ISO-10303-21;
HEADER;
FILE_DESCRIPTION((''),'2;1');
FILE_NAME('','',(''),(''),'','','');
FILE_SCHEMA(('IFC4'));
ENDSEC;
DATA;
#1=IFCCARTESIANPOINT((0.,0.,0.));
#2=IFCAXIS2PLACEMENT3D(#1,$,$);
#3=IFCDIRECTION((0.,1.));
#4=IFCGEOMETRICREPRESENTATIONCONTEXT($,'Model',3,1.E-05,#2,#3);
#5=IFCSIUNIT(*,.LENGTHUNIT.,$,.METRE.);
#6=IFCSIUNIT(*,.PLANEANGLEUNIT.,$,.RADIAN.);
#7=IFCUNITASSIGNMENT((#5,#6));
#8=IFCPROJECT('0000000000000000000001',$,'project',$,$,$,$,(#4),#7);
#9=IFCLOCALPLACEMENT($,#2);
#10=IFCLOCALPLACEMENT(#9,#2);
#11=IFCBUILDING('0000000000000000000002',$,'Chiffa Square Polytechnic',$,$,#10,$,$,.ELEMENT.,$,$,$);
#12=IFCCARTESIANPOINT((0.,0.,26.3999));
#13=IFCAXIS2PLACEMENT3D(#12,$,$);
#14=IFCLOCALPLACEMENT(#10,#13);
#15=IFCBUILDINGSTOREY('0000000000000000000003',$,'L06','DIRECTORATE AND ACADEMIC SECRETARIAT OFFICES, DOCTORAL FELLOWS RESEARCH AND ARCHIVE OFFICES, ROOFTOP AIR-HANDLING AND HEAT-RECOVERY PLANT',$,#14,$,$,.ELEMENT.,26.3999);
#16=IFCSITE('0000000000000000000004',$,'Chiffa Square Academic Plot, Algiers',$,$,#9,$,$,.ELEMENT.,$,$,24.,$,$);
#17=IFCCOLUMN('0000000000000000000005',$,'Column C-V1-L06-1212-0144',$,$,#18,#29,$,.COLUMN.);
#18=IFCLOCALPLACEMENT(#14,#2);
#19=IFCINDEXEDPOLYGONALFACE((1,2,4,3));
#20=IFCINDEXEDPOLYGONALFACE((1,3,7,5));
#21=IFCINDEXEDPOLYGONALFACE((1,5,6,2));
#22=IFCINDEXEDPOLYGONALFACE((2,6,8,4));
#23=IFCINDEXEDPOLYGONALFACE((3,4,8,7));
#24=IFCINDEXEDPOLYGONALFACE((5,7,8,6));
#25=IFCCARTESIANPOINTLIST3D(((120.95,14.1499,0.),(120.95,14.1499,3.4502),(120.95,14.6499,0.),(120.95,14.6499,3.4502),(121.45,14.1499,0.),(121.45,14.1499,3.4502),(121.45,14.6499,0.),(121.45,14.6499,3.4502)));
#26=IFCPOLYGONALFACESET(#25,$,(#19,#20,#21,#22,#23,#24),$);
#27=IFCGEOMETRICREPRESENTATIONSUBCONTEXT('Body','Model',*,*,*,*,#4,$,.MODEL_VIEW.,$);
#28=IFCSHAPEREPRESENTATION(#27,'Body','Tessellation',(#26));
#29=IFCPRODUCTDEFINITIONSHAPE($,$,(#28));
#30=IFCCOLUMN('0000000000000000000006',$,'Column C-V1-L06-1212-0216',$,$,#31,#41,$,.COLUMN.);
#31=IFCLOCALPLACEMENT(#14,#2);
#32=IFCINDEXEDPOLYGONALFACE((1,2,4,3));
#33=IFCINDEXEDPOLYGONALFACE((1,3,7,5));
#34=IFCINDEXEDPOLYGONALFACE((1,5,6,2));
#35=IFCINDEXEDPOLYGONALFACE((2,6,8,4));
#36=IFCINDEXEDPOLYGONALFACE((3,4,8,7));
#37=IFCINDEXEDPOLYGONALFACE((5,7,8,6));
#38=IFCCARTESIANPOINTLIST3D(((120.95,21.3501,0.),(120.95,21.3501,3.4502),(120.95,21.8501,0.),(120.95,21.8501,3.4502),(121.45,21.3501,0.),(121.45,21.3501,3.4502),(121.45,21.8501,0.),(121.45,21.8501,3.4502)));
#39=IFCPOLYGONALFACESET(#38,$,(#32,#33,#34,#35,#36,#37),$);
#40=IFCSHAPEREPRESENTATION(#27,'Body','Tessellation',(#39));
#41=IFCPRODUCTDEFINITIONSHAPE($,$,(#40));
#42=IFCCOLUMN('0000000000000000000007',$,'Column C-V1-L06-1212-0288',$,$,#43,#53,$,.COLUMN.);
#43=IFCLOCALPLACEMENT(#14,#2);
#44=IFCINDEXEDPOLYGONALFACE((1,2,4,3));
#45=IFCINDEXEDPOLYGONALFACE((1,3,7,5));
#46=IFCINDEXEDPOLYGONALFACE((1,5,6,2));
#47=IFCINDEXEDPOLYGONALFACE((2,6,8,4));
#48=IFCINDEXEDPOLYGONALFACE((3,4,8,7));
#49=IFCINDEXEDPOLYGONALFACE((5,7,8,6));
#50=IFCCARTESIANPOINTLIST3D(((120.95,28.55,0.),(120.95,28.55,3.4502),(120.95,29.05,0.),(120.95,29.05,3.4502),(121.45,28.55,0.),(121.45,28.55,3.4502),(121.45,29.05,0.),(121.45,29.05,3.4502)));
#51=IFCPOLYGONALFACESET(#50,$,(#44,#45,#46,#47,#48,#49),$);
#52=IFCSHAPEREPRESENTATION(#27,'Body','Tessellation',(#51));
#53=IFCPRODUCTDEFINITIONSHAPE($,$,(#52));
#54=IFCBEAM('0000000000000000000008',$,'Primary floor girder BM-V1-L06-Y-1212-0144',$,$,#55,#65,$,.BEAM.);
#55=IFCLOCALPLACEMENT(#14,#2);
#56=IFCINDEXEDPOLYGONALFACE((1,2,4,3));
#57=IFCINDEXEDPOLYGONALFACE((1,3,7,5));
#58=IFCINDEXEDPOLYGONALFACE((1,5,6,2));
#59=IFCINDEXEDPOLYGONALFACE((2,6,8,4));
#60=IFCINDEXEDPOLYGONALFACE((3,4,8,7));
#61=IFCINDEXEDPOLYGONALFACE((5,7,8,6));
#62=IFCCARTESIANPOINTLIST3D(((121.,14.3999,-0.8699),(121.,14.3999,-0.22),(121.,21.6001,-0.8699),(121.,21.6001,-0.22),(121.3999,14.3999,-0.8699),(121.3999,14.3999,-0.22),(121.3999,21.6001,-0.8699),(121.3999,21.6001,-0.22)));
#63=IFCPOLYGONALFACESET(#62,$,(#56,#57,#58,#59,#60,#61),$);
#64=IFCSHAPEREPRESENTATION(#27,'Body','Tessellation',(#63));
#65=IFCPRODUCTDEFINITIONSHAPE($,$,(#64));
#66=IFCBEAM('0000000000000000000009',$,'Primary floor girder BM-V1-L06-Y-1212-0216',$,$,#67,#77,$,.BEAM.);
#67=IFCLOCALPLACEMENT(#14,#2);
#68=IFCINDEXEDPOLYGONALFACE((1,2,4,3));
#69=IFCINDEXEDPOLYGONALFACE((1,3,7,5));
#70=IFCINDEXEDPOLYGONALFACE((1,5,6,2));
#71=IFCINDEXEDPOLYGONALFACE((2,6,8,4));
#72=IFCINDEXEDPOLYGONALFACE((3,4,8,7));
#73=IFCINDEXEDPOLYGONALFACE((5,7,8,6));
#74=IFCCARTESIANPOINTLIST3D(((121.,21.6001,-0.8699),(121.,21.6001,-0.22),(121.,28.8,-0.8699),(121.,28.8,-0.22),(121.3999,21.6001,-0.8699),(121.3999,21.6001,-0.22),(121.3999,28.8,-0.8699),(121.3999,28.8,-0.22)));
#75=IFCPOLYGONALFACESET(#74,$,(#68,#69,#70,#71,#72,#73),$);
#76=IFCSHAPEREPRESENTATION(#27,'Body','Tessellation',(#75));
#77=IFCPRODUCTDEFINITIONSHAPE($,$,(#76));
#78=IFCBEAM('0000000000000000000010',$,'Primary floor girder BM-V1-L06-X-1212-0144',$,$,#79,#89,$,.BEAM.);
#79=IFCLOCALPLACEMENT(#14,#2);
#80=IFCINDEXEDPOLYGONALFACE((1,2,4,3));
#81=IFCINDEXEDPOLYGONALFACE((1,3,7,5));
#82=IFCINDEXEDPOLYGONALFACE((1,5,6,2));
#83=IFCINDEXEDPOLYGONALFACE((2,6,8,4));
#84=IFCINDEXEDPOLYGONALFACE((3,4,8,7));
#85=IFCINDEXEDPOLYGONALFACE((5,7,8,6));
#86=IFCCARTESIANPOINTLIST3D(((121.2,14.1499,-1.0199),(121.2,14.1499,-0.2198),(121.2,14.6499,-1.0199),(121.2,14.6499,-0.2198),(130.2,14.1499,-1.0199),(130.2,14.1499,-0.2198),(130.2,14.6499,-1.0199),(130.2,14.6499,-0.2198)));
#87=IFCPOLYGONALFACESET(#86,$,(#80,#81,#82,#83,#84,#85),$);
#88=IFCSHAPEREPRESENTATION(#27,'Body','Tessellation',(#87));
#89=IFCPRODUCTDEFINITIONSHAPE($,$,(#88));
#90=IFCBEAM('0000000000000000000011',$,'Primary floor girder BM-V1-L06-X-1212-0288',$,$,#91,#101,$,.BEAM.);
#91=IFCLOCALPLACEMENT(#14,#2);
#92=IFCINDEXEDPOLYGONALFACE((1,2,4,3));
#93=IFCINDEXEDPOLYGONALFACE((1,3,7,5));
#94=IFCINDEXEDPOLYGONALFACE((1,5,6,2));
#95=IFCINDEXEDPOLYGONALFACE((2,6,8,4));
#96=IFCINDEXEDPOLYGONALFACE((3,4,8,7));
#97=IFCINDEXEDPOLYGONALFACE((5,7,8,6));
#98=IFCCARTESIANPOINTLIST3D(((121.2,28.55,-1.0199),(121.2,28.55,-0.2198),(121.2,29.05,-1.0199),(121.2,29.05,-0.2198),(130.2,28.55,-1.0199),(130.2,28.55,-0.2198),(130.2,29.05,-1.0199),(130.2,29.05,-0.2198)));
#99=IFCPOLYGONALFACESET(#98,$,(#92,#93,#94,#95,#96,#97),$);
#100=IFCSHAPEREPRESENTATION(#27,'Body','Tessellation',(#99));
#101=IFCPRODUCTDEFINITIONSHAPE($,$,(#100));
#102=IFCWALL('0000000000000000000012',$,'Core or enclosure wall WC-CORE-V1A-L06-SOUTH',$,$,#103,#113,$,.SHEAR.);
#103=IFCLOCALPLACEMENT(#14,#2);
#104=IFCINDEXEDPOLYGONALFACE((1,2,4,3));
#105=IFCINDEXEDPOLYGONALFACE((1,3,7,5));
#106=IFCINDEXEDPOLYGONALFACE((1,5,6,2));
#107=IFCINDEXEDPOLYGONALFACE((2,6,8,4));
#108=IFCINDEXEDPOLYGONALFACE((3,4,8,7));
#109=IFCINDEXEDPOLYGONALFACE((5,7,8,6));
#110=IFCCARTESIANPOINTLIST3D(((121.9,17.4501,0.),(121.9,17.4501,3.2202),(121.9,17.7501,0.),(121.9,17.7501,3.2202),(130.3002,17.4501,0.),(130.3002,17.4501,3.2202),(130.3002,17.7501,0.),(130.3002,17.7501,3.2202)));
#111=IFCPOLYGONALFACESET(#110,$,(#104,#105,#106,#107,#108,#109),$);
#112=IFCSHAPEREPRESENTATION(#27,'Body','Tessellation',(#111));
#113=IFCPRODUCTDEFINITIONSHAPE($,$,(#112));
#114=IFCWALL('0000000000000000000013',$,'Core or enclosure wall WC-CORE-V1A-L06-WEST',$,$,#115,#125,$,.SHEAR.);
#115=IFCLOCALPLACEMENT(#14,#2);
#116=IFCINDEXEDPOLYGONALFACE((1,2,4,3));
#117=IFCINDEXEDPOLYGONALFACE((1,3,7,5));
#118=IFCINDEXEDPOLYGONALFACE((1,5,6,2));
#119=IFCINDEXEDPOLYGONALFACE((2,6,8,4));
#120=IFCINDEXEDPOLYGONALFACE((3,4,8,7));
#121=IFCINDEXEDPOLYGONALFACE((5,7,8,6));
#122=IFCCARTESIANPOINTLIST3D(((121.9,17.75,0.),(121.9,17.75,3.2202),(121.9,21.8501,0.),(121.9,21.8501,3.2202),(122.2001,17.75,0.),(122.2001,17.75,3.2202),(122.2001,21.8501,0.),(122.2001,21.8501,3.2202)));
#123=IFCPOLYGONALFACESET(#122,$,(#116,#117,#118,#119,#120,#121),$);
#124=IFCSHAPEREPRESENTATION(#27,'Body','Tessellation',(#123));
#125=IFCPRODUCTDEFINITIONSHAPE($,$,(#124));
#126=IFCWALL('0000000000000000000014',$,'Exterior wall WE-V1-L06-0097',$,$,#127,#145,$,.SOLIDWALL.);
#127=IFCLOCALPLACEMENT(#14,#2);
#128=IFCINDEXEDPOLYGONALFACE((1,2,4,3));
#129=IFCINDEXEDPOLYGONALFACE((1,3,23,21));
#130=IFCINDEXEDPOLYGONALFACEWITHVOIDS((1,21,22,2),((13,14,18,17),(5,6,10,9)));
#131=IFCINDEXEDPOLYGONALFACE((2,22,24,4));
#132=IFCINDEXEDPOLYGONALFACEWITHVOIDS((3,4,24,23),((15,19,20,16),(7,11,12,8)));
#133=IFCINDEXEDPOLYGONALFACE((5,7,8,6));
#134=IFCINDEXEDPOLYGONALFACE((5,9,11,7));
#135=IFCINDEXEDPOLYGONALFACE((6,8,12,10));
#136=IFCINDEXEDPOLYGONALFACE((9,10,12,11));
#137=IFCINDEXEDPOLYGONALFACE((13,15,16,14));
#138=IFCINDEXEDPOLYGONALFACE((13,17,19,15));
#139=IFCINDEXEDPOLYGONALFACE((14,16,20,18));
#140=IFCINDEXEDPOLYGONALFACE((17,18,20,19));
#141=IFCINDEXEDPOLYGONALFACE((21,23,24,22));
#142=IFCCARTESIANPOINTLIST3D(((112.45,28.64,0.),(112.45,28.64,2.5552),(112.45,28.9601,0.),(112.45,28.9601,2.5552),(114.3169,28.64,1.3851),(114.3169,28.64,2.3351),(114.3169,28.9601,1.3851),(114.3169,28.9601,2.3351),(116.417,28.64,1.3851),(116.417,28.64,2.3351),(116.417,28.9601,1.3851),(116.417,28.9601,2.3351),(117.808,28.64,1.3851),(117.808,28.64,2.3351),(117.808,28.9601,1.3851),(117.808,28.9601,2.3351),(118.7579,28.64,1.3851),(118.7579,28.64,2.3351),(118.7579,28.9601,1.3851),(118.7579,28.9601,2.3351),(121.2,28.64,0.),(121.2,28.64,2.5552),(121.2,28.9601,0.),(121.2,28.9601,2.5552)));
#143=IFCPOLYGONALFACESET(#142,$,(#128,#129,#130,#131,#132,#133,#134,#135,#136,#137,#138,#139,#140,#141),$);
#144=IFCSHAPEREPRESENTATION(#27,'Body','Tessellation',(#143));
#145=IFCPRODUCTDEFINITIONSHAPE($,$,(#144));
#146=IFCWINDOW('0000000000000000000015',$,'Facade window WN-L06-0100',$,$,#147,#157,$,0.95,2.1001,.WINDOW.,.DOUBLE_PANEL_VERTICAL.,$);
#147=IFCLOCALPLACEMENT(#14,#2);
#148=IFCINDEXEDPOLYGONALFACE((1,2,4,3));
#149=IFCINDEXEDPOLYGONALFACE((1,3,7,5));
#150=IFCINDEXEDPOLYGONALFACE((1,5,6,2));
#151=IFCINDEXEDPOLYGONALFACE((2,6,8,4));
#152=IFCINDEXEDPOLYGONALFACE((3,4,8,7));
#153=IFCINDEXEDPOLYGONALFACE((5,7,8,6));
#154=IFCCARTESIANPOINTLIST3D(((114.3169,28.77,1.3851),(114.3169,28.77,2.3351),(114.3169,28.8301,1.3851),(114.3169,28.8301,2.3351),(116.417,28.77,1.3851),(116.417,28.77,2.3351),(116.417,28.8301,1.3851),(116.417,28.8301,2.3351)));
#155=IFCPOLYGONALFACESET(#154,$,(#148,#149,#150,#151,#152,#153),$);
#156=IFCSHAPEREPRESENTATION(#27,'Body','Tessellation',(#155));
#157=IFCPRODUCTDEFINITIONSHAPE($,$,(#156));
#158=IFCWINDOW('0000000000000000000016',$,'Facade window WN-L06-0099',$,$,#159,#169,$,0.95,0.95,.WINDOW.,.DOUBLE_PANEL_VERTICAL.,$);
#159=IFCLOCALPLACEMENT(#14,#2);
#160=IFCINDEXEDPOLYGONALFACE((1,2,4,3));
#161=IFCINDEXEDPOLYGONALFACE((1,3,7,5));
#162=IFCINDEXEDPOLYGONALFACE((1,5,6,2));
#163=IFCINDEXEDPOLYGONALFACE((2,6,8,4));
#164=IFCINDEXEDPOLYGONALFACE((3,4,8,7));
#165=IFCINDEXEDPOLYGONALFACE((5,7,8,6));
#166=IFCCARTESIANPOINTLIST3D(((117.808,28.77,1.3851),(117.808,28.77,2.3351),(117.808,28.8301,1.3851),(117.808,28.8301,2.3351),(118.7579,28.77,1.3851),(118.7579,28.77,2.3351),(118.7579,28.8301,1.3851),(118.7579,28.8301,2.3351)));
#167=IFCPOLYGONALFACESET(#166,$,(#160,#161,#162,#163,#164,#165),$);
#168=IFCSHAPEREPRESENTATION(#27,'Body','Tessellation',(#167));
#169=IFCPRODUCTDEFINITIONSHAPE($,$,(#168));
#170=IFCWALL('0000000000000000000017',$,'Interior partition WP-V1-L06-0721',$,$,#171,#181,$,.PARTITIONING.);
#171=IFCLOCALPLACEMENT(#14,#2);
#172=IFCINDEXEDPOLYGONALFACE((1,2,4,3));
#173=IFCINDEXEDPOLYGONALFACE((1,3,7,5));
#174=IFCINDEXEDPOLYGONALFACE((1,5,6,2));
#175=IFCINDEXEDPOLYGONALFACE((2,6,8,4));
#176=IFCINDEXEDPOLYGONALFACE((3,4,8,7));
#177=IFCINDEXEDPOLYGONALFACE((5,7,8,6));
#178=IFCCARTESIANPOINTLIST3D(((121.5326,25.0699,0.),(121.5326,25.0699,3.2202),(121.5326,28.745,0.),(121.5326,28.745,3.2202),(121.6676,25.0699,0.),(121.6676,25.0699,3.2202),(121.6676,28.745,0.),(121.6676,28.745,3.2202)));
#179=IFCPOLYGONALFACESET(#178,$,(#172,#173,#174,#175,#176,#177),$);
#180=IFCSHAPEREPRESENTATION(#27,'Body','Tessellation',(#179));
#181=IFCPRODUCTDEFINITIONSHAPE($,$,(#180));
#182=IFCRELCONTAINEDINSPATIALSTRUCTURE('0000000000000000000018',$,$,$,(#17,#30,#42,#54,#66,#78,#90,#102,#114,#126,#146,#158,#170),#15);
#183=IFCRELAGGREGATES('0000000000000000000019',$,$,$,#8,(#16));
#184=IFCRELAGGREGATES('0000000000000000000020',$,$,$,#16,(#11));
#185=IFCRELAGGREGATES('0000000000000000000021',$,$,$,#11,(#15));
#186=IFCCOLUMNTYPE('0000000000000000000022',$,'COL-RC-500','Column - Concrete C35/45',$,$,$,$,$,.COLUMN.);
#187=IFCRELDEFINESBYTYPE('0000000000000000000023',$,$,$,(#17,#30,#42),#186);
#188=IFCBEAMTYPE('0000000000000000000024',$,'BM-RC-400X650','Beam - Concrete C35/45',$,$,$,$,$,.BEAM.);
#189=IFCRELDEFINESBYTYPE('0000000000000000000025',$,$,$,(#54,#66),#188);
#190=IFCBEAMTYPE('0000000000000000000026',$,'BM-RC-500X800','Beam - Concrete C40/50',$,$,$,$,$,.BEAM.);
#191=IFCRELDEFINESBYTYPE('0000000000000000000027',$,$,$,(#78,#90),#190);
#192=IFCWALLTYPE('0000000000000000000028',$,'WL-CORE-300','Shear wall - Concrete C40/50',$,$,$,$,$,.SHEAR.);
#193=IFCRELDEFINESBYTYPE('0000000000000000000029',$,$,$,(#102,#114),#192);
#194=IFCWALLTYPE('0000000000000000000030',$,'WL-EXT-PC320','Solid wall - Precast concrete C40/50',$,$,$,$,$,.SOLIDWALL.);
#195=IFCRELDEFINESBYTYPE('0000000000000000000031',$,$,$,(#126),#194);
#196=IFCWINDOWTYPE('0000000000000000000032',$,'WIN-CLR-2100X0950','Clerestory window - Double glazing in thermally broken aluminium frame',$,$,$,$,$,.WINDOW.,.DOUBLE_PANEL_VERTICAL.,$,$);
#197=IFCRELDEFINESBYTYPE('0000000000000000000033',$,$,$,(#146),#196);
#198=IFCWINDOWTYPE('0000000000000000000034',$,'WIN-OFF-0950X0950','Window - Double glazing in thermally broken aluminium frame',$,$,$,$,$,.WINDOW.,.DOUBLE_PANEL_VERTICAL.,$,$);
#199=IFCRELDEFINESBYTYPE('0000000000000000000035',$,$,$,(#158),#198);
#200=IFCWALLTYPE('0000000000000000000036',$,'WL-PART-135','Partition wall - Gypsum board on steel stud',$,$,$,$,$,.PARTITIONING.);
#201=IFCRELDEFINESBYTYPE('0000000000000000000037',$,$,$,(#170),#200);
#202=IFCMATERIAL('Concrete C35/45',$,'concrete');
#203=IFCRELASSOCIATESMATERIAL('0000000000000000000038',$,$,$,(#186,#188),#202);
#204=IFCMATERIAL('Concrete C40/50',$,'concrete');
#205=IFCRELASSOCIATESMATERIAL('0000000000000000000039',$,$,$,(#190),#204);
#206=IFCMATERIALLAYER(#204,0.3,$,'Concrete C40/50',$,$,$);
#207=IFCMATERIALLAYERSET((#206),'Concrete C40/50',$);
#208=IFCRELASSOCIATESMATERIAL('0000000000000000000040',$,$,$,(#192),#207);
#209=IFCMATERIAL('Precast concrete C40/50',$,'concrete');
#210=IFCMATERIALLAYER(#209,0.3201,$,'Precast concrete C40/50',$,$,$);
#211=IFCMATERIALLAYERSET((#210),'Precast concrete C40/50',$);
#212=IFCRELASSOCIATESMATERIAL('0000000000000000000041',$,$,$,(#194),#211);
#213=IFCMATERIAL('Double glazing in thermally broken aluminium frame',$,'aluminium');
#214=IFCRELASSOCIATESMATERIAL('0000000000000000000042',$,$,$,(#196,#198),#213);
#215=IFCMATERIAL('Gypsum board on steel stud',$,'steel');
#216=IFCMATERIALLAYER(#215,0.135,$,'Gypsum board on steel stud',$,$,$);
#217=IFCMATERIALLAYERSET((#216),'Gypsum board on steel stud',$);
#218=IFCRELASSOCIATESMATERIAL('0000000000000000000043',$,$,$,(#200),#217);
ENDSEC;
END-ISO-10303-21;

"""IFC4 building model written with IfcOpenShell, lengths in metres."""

from ifc_helpers import new_model, si_unit, direction, frame, frame_2d, origin, origin_2d, place, context, subcontext, project, spatial, rectangle, extrude, material, layer, layer_set, material_profile, profile_set, type_object, element, fill, save


model = new_model("IFC4")

# Units and contexts
model_context = context("Model", 3, precision=1e-05, world=origin(), true_north=direction((0.0, 1.0)))
body_context = subcontext(model_context, "Body", "Model", "MODEL_VIEW")
ifc_project = project(units=[si_unit("LENGTHUNIT", "METRE"), si_unit("PLANEANGLEUNIT", "RADIAN")], contexts=[model_context])

# Site, building, storey
site_placement = place(None, origin())
site = spatial("IfcSite", under=ifc_project, at=site_placement, Name="Chiffa Square Academic Plot, Algiers", CompositionType="ELEMENT", RefElevation=24.0)
building_placement = place(site_placement, origin())
building = spatial("IfcBuilding", under=site, at=building_placement, Name="Chiffa Square Polytechnic", CompositionType="ELEMENT")
storey_placement = place(building_placement, frame((0.0, 0.0, 26.3999)))
storey = spatial("IfcBuildingStorey", under=building, at=storey_placement, Name="L06", Description="DIRECTORATE AND ACADEMIC SECRETARIAT OFFICES, DOCTORAL FELLOWS RESEARCH AND ARCHIVE OFFICES, ROOFTOP AIR-HANDLING AND HEAT-RECOVERY PLANT", CompositionType="ELEMENT", Elevation=26.3999)

# Columns
ifc_material_1 = material(Name="Concrete C35/45", Category="concrete")
ifc_material_profile_1 = material_profile(ifc_material_1, rectangle(XDim=0.5, YDim=0.5, at=origin_2d()), Name="RC 500x500")
ifc_profile_set_1 = profile_set([ifc_material_profile_1], Name="Concrete C35/45")
column_type = type_object("IfcColumnType", Name="COL-RC-500", Description="Column - Concrete C35/45", PredefinedType="COLUMN", material=ifc_profile_set_1)
for number, where, z_axis, x_axis, name in (
    (1, (121.2, 14.3999, 0.0), (0.0, 0.0, 1.0), (1.0, 0.0, 0.0), "Column C-V1-L06-1212-0144"),
    (2, (121.2, 21.6001, 0.0), (0.0, 0.0, 1.0), (1.0, 0.0, 0.0), "Column C-V1-L06-1212-0216"),
    (3, (121.2, 28.8, 0.0), (0.0, 0.0, 1.0), (1.0, 0.0, 0.0), "Column C-V1-L06-1212-0288"),
):
    element("IfcColumn", number, at=place(storey_placement, frame(where, z_axis=z_axis, x_axis=x_axis)), inside=storey, type_object=column_type, Name=name, PredefinedType="COLUMN", context=body_context, shape_type="SweptSolid", body=[
        extrude(rectangle(XDim=0.5, YDim=0.5, at=origin_2d()), origin(), (0.0, 0.0, 1.0), 3.4502),
    ])

# Beams
ifc_material_profile_2 = material_profile(ifc_material_1, rectangle(XDim=0.3999, YDim=0.6499, at=origin_2d()), Name="RC 400x650")
ifc_profile_set_2 = profile_set([ifc_material_profile_2], Name="Concrete C35/45")
beam_type_1 = type_object("IfcBeamType", Name="BM-RC-400X650", Description="Beam - Concrete C35/45", PredefinedType="BEAM", material=ifc_profile_set_2)
beam_1_placement = place(storey_placement, frame((121.2, 14.3999, -0.5449), z_axis=(0.0, 1.0, 0.0), x_axis=(-1.0, 0.0, 0.0)))
element("IfcBeam", 4, at=beam_1_placement, inside=storey, type_object=beam_type_1, Name="Primary floor girder BM-V1-L06-Y-1212-0144", PredefinedType="BEAM", context=body_context, shape_type="SweptSolid", body=[
    extrude(rectangle(XDim=0.3999, YDim=0.6499, at=origin_2d()), origin(), (0.0, 0.0, 1.0), 7.2002),
])
beam_2_placement = place(storey_placement, frame((121.2, 21.6001, -0.5449), z_axis=(0.0, 1.0, 0.0), x_axis=(-1.0, 0.0, 0.0)))
element("IfcBeam", 5, at=beam_2_placement, inside=storey, type_object=beam_type_1, Name="Primary floor girder BM-V1-L06-Y-1212-0216", PredefinedType="BEAM", context=body_context, shape_type="SweptSolid", body=[
    extrude(rectangle(XDim=0.3999, YDim=0.6499, at=origin_2d()), origin(), (0.0, 0.0, 1.0), 7.2),
])
ifc_material_2 = material(Name="Concrete C40/50", Category="concrete")
ifc_material_profile_3 = material_profile(ifc_material_2, rectangle(XDim=0.5, YDim=0.8, at=origin_2d()), Name="RC 500x800")
ifc_profile_set_3 = profile_set([ifc_material_profile_3], Name="Concrete C40/50")
beam_type_2 = type_object("IfcBeamType", Name="BM-RC-500X800", Description="Beam - Concrete C40/50", PredefinedType="BEAM", material=ifc_profile_set_3)
for number, where, z_axis, x_axis, name in (
    (6, (121.2, 14.3999, -0.6199), (1.0, 0.0, 0.0), (0.0, 1.0, 0.0), "Primary floor girder BM-V1-L06-X-1212-0144"),
    (7, (121.2, 28.8, -0.6199), (1.0, 0.0, 0.0), (0.0, 1.0, 0.0), "Primary floor girder BM-V1-L06-X-1212-0288"),
):
    element("IfcBeam", number, at=place(storey_placement, frame(where, z_axis=z_axis, x_axis=x_axis)), inside=storey, type_object=beam_type_2, Name=name, PredefinedType="BEAM", context=body_context, shape_type="SweptSolid", body=[
        extrude(rectangle(XDim=0.5, YDim=0.8, at=origin_2d()), origin(), (0.0, 0.0, 1.0), 9.0),
    ])

# Wall
ifc_layer_1 = layer(ifc_material_2, 0.3, Name="Concrete C40/50")
ifc_layer_set_1 = layer_set([ifc_layer_1], Name="Concrete C40/50")
wall_type_1 = type_object("IfcWallType", Name="WL-CORE-300", Description="Shear wall - Concrete C40/50", PredefinedType="SHEAR", material=ifc_layer_set_1)
wall_1_placement = place(storey_placement, frame((121.8999, 17.6001, 0.0), z_axis=(0.0, 0.0, 1.0), x_axis=(1.0, 0.0, 0.0)))
element("IfcWall", 8, at=wall_1_placement, inside=storey, type_object=wall_type_1, Name="Core or enclosure wall WC-CORE-V1A-L06-SOUTH", PredefinedType="SHEAR", context=body_context, shape_type="SweptSolid", body=[
    extrude(rectangle(XDim=8.4001, YDim=0.3, at=frame_2d((4.2002, 0.0))), origin(), (0.0, 0.0, 1.0), 3.2202),
])

# Wall
wall_2_placement = place(storey_placement, frame((122.05, 17.75, 0.0), z_axis=(0.0, 0.0, 1.0), x_axis=(0.0, 1.0, 0.0)))
element("IfcWall", 9, at=wall_2_placement, inside=storey, type_object=wall_type_1, Name="Core or enclosure wall WC-CORE-V1A-L06-WEST", PredefinedType="SHEAR", context=body_context, shape_type="SweptSolid", body=[
    extrude(rectangle(XDim=4.1001, YDim=0.3, at=frame_2d((2.05, 0.0))), origin(), (0.0, 0.0, 1.0), 3.2202),
])

# Wall, openings, windows
ifc_material_3 = material(Name="Precast concrete C40/50", Category="concrete")
ifc_layer_2 = layer(ifc_material_3, 0.3201, Name="Precast concrete C40/50")
ifc_layer_set_2 = layer_set([ifc_layer_2], Name="Precast concrete C40/50")
wall_type_2 = type_object("IfcWallType", Name="WL-EXT-PC320", Description="Solid wall - Precast concrete C40/50", PredefinedType="SOLIDWALL", material=ifc_layer_set_2)
wall_3_placement = place(storey_placement, frame((121.2, 28.8, 0.0), z_axis=(0.0, 0.0, 1.0), x_axis=(-1.0, 0.0, 0.0)))
wall_3 = element("IfcWall", 10, at=wall_3_placement, inside=storey, type_object=wall_type_2, Name="Exterior wall WE-V1-L06-0097", PredefinedType="SOLIDWALL", context=body_context, shape_type="SweptSolid", body=[
    extrude(rectangle(XDim=8.75, YDim=0.3201, at=frame_2d((4.375, 0.0))), origin(), (0.0, 0.0, 1.0), 2.5552),
])
opening_1_placement = place(wall_3_placement, frame((2.4419, 0.0, 1.385)))
opening_1 = element("IfcOpeningElement", 11, at=opening_1_placement, cuts=wall_3, PredefinedType="OPENING", context=body_context, shape_type="SweptSolid", body=[
    extrude(rectangle(XDim=0.95, YDim=0.95, at=frame_2d((0.4751, 0.4751))), frame((0.0, 0.1699, 0.0), z_axis=(0.0, -1.0, 0.0), x_axis=(1.0, 0.0, 0.0)), (0.0, 0.0, 1.0), 0.3401),
])
opening_2_placement = place(wall_3_placement, frame((4.783, 0.0, 1.385)))
opening_2 = element("IfcOpeningElement", 12, at=opening_2_placement, cuts=wall_3, PredefinedType="OPENING", context=body_context, shape_type="SweptSolid", body=[
    extrude(rectangle(XDim=2.1001, YDim=0.95, at=frame_2d((1.05, 0.4751))), frame((0.0, 0.1699, 0.0), z_axis=(0.0, -1.0, 0.0), x_axis=(1.0, 0.0, 0.0)), (0.0, 0.0, 1.0), 0.3401),
])
ifc_material_4 = material(Name="Double glazing in thermally broken aluminium frame", Category="aluminium")
window_type_1 = type_object("IfcWindowType", Name="WIN-CLR-2100X0950", Description="Clerestory window - Double glazing in thermally broken aluminium frame", PartitioningType="DOUBLE_PANEL_VERTICAL", PredefinedType="WINDOW", material=ifc_material_4)
window_1_placement = place(opening_2_placement, origin())
window_1 = element("IfcWindow", 13, at=window_1_placement, inside=storey, type_object=window_type_1, Name="Facade window WN-L06-0100", OverallHeight=0.95, OverallWidth=2.1001, PartitioningType="DOUBLE_PANEL_VERTICAL", PredefinedType="WINDOW", context=body_context, shape_type="SweptSolid", body=[
    extrude(rectangle(XDim=2.1001, YDim=0.95, at=frame_2d((1.05, 0.4751))), frame((0.0, 0.03, 0.0), z_axis=(0.0, -1.0, 0.0), x_axis=(1.0, 0.0, 0.0)), (0.0, 0.0, 1.0), 0.0601),
])
fill(opening_2, window_1)
window_type_2 = type_object("IfcWindowType", Name="WIN-OFF-0950X0950", Description="Window - Double glazing in thermally broken aluminium frame", PartitioningType="DOUBLE_PANEL_VERTICAL", PredefinedType="WINDOW", material=ifc_material_4)
window_2_placement = place(opening_1_placement, origin())
window_2 = element("IfcWindow", 14, at=window_2_placement, inside=storey, type_object=window_type_2, Name="Facade window WN-L06-0099", OverallHeight=0.95, OverallWidth=0.95, PartitioningType="DOUBLE_PANEL_VERTICAL", PredefinedType="WINDOW", context=body_context, shape_type="SweptSolid", body=[
    extrude(rectangle(XDim=0.95, YDim=0.95, at=frame_2d((0.4751, 0.4751))), frame((0.0, 0.03, 0.0), z_axis=(0.0, -1.0, 0.0), x_axis=(1.0, 0.0, 0.0)), (0.0, 0.0, 1.0), 0.0601),
])
fill(opening_1, window_2)

# Wall
ifc_material_5 = material(Name="Gypsum board on steel stud", Category="steel")
ifc_layer_3 = layer(ifc_material_5, 0.135, Name="Gypsum board on steel stud")
ifc_layer_set_3 = layer_set([ifc_layer_3], Name="Gypsum board on steel stud")
wall_type_3 = type_object("IfcWallType", Name="WL-PART-135", Description="Partition wall - Gypsum board on steel stud", PredefinedType="PARTITIONING", material=ifc_layer_set_3)
wall_4_placement = place(storey_placement, frame((121.6001, 25.0701, 0.0), z_axis=(0.0, 0.0, 1.0), x_axis=(0.0, 1.0, 0.0)))
element("IfcWall", 15, at=wall_4_placement, inside=storey, type_object=wall_type_3, Name="Interior partition WP-V1-L06-0721", PredefinedType="PARTITIONING", context=body_context, shape_type="SweptSolid", body=[
    extrude(rectangle(XDim=3.675, YDim=0.135, at=frame_2d((1.8374, 0.0))), origin(), (0.0, 0.0, 1.0), 3.2202),
])

save(model, "model.ifc")
